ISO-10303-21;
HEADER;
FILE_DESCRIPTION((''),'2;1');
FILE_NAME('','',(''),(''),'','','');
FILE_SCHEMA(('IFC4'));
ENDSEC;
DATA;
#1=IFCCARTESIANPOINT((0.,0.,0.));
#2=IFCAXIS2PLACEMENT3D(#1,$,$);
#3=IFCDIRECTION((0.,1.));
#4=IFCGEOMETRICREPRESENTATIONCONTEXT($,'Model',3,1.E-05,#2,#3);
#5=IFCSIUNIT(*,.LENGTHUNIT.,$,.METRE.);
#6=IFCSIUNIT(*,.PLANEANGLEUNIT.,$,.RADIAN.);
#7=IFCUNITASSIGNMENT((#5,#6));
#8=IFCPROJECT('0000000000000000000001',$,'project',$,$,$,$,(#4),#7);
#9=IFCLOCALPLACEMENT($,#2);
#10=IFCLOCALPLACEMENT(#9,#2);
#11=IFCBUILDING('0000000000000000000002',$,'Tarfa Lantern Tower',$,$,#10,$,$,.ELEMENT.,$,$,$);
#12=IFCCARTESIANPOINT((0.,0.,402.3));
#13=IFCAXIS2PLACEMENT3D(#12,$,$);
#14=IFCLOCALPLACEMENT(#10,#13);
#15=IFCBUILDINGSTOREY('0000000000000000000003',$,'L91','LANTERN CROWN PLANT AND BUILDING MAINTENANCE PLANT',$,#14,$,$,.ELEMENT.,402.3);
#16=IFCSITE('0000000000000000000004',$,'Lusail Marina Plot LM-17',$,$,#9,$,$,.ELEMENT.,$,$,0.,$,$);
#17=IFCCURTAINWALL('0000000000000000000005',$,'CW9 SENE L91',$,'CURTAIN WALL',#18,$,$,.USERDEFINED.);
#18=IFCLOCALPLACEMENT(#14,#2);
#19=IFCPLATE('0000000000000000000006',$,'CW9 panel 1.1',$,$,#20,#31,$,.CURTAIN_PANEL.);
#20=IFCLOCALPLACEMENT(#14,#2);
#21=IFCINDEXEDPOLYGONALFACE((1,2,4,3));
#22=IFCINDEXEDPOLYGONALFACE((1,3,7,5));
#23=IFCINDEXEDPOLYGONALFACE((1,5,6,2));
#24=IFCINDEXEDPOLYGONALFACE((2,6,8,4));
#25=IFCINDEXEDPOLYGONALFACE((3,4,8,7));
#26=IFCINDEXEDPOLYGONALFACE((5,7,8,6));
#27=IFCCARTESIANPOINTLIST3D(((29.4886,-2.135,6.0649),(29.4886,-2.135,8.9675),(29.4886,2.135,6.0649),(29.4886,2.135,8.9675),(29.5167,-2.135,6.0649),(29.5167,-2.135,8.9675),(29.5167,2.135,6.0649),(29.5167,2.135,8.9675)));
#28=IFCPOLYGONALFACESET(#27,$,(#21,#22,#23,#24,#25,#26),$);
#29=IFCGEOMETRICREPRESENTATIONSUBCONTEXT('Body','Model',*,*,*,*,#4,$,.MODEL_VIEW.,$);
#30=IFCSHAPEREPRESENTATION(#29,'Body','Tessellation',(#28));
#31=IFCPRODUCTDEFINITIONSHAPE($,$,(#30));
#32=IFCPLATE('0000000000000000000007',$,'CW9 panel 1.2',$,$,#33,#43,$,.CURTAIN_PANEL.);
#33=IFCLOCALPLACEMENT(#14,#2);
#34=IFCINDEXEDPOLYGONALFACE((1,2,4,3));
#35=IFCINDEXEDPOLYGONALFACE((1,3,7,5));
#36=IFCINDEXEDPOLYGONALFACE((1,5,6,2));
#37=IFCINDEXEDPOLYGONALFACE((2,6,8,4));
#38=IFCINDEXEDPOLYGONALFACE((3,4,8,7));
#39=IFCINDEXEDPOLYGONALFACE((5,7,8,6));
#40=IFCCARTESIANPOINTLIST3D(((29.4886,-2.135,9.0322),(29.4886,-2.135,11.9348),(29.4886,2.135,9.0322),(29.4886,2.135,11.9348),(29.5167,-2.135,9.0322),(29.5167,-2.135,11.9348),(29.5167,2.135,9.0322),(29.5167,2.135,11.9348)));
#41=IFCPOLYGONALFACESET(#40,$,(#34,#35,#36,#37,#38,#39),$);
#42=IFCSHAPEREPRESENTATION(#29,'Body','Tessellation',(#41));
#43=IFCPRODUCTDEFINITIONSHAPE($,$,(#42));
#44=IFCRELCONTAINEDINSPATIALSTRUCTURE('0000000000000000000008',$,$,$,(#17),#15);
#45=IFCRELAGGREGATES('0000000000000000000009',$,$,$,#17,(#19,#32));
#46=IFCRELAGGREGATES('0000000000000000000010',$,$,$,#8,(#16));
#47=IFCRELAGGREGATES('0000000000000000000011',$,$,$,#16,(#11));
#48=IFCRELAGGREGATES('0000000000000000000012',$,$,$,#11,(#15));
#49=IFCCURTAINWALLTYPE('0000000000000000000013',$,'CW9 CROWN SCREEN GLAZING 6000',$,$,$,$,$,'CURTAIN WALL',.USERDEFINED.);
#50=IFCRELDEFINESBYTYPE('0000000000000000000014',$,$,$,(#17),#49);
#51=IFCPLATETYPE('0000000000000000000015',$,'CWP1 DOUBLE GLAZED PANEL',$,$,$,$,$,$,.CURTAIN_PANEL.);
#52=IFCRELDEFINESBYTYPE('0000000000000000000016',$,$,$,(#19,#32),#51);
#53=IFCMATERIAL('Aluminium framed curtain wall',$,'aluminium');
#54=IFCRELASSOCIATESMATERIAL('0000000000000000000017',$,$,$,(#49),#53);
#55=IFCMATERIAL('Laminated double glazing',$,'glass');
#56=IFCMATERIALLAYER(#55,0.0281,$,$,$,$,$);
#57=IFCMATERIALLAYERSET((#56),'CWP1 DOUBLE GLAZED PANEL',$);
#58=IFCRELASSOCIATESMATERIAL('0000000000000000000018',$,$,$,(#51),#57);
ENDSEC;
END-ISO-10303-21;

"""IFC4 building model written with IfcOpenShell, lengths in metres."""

from ifc_helpers import new_model, si_unit, direction, frame, origin, origin_2d, place, context, subcontext, project, spatial, rectangle, extrude, material, layer, layer_set, type_object, element, aggregate, save


model = new_model("IFC4")

# Units and contexts
model_context = context("Model", 3, precision=1e-05, world=origin(), true_north=direction((0.0, 1.0)))
body_context = subcontext(model_context, "Body", "Model", "MODEL_VIEW")
ifc_project = project(units=[si_unit("LENGTHUNIT", "METRE"), si_unit("PLANEANGLEUNIT", "RADIAN")], contexts=[model_context])

# Site, building, storey
site_placement = place(None, origin())
site = spatial("IfcSite", under=ifc_project, at=site_placement, Name="Lusail Marina Plot LM-17", CompositionType="ELEMENT", RefElevation=0.0)
building_placement = place(site_placement, origin())
building = spatial("IfcBuilding", under=site, at=building_placement, Name="Tarfa Lantern Tower", CompositionType="ELEMENT")
storey_placement = place(building_placement, frame((0.0, 0.0, 402.3)))
storey = spatial("IfcBuildingStorey", under=building, at=storey_placement, Name="L91", Description="LANTERN CROWN PLANT AND BUILDING MAINTENANCE PLANT", CompositionType="ELEMENT", Elevation=402.3)

# Shared definitions
ifc_material_1 = material(Name="Aluminium framed curtain wall", Category="aluminium")
curtain_wall_type_1 = type_object("IfcCurtainWallType", Name="CW9 CROWN SCREEN GLAZING 6000", ElementType="CURTAIN WALL", PredefinedType="USERDEFINED", material=ifc_material_1)

# Curtain wall
curtain_wall_1_placement = place(storey_placement, origin())
curtain_wall_1 = element("IfcCurtainWall", 1, at=curtain_wall_1_placement, inside=storey, type_object=curtain_wall_type_1, Name="CW9 SENE L91", ObjectType="CURTAIN WALL", PredefinedType="USERDEFINED")

# Plates
ifc_material_2 = material(Name="Laminated double glazing", Category="glass")
ifc_layer = layer(ifc_material_2, 0.0281)
ifc_layer_set = layer_set([ifc_layer], Name="CWP1 DOUBLE GLAZED PANEL")
plate_type = type_object("IfcPlateType", Name="CWP1 DOUBLE GLAZED PANEL", PredefinedType="CURTAIN_PANEL", material=ifc_layer_set)
plate_1_placement = place(storey_placement, frame((29.5027, 0.0, 6.0649), z_axis=(0.0, 0.0, 1.0), x_axis=(0.0, 1.0, 0.0)))
plate_1 = element("IfcPlate", 2, at=plate_1_placement, type_object=plate_type, Name="CW9 panel 1.1", PredefinedType="CURTAIN_PANEL", context=body_context, shape_type="SweptSolid", body=[
    extrude(rectangle(XDim=4.27, YDim=0.0281, at=origin_2d()), origin(), (0.0, 0.0, 1.0), 2.9026),
])
plate_2_placement = place(storey_placement, frame((29.5027, 0.0, 9.0322), z_axis=(0.0, 0.0, 1.0), x_axis=(0.0, 1.0, 0.0)))
plate_2 = element("IfcPlate", 3, at=plate_2_placement, type_object=plate_type, Name="CW9 panel 1.2", PredefinedType="CURTAIN_PANEL", context=body_context, shape_type="SweptSolid", body=[
    extrude(rectangle(XDim=4.27, YDim=0.0281, at=origin_2d()), origin(), (0.0, 0.0, 1.0), 2.9026),
])
aggregate(curtain_wall_1, [plate_1, plate_2])

save(model, "model.ifc")
